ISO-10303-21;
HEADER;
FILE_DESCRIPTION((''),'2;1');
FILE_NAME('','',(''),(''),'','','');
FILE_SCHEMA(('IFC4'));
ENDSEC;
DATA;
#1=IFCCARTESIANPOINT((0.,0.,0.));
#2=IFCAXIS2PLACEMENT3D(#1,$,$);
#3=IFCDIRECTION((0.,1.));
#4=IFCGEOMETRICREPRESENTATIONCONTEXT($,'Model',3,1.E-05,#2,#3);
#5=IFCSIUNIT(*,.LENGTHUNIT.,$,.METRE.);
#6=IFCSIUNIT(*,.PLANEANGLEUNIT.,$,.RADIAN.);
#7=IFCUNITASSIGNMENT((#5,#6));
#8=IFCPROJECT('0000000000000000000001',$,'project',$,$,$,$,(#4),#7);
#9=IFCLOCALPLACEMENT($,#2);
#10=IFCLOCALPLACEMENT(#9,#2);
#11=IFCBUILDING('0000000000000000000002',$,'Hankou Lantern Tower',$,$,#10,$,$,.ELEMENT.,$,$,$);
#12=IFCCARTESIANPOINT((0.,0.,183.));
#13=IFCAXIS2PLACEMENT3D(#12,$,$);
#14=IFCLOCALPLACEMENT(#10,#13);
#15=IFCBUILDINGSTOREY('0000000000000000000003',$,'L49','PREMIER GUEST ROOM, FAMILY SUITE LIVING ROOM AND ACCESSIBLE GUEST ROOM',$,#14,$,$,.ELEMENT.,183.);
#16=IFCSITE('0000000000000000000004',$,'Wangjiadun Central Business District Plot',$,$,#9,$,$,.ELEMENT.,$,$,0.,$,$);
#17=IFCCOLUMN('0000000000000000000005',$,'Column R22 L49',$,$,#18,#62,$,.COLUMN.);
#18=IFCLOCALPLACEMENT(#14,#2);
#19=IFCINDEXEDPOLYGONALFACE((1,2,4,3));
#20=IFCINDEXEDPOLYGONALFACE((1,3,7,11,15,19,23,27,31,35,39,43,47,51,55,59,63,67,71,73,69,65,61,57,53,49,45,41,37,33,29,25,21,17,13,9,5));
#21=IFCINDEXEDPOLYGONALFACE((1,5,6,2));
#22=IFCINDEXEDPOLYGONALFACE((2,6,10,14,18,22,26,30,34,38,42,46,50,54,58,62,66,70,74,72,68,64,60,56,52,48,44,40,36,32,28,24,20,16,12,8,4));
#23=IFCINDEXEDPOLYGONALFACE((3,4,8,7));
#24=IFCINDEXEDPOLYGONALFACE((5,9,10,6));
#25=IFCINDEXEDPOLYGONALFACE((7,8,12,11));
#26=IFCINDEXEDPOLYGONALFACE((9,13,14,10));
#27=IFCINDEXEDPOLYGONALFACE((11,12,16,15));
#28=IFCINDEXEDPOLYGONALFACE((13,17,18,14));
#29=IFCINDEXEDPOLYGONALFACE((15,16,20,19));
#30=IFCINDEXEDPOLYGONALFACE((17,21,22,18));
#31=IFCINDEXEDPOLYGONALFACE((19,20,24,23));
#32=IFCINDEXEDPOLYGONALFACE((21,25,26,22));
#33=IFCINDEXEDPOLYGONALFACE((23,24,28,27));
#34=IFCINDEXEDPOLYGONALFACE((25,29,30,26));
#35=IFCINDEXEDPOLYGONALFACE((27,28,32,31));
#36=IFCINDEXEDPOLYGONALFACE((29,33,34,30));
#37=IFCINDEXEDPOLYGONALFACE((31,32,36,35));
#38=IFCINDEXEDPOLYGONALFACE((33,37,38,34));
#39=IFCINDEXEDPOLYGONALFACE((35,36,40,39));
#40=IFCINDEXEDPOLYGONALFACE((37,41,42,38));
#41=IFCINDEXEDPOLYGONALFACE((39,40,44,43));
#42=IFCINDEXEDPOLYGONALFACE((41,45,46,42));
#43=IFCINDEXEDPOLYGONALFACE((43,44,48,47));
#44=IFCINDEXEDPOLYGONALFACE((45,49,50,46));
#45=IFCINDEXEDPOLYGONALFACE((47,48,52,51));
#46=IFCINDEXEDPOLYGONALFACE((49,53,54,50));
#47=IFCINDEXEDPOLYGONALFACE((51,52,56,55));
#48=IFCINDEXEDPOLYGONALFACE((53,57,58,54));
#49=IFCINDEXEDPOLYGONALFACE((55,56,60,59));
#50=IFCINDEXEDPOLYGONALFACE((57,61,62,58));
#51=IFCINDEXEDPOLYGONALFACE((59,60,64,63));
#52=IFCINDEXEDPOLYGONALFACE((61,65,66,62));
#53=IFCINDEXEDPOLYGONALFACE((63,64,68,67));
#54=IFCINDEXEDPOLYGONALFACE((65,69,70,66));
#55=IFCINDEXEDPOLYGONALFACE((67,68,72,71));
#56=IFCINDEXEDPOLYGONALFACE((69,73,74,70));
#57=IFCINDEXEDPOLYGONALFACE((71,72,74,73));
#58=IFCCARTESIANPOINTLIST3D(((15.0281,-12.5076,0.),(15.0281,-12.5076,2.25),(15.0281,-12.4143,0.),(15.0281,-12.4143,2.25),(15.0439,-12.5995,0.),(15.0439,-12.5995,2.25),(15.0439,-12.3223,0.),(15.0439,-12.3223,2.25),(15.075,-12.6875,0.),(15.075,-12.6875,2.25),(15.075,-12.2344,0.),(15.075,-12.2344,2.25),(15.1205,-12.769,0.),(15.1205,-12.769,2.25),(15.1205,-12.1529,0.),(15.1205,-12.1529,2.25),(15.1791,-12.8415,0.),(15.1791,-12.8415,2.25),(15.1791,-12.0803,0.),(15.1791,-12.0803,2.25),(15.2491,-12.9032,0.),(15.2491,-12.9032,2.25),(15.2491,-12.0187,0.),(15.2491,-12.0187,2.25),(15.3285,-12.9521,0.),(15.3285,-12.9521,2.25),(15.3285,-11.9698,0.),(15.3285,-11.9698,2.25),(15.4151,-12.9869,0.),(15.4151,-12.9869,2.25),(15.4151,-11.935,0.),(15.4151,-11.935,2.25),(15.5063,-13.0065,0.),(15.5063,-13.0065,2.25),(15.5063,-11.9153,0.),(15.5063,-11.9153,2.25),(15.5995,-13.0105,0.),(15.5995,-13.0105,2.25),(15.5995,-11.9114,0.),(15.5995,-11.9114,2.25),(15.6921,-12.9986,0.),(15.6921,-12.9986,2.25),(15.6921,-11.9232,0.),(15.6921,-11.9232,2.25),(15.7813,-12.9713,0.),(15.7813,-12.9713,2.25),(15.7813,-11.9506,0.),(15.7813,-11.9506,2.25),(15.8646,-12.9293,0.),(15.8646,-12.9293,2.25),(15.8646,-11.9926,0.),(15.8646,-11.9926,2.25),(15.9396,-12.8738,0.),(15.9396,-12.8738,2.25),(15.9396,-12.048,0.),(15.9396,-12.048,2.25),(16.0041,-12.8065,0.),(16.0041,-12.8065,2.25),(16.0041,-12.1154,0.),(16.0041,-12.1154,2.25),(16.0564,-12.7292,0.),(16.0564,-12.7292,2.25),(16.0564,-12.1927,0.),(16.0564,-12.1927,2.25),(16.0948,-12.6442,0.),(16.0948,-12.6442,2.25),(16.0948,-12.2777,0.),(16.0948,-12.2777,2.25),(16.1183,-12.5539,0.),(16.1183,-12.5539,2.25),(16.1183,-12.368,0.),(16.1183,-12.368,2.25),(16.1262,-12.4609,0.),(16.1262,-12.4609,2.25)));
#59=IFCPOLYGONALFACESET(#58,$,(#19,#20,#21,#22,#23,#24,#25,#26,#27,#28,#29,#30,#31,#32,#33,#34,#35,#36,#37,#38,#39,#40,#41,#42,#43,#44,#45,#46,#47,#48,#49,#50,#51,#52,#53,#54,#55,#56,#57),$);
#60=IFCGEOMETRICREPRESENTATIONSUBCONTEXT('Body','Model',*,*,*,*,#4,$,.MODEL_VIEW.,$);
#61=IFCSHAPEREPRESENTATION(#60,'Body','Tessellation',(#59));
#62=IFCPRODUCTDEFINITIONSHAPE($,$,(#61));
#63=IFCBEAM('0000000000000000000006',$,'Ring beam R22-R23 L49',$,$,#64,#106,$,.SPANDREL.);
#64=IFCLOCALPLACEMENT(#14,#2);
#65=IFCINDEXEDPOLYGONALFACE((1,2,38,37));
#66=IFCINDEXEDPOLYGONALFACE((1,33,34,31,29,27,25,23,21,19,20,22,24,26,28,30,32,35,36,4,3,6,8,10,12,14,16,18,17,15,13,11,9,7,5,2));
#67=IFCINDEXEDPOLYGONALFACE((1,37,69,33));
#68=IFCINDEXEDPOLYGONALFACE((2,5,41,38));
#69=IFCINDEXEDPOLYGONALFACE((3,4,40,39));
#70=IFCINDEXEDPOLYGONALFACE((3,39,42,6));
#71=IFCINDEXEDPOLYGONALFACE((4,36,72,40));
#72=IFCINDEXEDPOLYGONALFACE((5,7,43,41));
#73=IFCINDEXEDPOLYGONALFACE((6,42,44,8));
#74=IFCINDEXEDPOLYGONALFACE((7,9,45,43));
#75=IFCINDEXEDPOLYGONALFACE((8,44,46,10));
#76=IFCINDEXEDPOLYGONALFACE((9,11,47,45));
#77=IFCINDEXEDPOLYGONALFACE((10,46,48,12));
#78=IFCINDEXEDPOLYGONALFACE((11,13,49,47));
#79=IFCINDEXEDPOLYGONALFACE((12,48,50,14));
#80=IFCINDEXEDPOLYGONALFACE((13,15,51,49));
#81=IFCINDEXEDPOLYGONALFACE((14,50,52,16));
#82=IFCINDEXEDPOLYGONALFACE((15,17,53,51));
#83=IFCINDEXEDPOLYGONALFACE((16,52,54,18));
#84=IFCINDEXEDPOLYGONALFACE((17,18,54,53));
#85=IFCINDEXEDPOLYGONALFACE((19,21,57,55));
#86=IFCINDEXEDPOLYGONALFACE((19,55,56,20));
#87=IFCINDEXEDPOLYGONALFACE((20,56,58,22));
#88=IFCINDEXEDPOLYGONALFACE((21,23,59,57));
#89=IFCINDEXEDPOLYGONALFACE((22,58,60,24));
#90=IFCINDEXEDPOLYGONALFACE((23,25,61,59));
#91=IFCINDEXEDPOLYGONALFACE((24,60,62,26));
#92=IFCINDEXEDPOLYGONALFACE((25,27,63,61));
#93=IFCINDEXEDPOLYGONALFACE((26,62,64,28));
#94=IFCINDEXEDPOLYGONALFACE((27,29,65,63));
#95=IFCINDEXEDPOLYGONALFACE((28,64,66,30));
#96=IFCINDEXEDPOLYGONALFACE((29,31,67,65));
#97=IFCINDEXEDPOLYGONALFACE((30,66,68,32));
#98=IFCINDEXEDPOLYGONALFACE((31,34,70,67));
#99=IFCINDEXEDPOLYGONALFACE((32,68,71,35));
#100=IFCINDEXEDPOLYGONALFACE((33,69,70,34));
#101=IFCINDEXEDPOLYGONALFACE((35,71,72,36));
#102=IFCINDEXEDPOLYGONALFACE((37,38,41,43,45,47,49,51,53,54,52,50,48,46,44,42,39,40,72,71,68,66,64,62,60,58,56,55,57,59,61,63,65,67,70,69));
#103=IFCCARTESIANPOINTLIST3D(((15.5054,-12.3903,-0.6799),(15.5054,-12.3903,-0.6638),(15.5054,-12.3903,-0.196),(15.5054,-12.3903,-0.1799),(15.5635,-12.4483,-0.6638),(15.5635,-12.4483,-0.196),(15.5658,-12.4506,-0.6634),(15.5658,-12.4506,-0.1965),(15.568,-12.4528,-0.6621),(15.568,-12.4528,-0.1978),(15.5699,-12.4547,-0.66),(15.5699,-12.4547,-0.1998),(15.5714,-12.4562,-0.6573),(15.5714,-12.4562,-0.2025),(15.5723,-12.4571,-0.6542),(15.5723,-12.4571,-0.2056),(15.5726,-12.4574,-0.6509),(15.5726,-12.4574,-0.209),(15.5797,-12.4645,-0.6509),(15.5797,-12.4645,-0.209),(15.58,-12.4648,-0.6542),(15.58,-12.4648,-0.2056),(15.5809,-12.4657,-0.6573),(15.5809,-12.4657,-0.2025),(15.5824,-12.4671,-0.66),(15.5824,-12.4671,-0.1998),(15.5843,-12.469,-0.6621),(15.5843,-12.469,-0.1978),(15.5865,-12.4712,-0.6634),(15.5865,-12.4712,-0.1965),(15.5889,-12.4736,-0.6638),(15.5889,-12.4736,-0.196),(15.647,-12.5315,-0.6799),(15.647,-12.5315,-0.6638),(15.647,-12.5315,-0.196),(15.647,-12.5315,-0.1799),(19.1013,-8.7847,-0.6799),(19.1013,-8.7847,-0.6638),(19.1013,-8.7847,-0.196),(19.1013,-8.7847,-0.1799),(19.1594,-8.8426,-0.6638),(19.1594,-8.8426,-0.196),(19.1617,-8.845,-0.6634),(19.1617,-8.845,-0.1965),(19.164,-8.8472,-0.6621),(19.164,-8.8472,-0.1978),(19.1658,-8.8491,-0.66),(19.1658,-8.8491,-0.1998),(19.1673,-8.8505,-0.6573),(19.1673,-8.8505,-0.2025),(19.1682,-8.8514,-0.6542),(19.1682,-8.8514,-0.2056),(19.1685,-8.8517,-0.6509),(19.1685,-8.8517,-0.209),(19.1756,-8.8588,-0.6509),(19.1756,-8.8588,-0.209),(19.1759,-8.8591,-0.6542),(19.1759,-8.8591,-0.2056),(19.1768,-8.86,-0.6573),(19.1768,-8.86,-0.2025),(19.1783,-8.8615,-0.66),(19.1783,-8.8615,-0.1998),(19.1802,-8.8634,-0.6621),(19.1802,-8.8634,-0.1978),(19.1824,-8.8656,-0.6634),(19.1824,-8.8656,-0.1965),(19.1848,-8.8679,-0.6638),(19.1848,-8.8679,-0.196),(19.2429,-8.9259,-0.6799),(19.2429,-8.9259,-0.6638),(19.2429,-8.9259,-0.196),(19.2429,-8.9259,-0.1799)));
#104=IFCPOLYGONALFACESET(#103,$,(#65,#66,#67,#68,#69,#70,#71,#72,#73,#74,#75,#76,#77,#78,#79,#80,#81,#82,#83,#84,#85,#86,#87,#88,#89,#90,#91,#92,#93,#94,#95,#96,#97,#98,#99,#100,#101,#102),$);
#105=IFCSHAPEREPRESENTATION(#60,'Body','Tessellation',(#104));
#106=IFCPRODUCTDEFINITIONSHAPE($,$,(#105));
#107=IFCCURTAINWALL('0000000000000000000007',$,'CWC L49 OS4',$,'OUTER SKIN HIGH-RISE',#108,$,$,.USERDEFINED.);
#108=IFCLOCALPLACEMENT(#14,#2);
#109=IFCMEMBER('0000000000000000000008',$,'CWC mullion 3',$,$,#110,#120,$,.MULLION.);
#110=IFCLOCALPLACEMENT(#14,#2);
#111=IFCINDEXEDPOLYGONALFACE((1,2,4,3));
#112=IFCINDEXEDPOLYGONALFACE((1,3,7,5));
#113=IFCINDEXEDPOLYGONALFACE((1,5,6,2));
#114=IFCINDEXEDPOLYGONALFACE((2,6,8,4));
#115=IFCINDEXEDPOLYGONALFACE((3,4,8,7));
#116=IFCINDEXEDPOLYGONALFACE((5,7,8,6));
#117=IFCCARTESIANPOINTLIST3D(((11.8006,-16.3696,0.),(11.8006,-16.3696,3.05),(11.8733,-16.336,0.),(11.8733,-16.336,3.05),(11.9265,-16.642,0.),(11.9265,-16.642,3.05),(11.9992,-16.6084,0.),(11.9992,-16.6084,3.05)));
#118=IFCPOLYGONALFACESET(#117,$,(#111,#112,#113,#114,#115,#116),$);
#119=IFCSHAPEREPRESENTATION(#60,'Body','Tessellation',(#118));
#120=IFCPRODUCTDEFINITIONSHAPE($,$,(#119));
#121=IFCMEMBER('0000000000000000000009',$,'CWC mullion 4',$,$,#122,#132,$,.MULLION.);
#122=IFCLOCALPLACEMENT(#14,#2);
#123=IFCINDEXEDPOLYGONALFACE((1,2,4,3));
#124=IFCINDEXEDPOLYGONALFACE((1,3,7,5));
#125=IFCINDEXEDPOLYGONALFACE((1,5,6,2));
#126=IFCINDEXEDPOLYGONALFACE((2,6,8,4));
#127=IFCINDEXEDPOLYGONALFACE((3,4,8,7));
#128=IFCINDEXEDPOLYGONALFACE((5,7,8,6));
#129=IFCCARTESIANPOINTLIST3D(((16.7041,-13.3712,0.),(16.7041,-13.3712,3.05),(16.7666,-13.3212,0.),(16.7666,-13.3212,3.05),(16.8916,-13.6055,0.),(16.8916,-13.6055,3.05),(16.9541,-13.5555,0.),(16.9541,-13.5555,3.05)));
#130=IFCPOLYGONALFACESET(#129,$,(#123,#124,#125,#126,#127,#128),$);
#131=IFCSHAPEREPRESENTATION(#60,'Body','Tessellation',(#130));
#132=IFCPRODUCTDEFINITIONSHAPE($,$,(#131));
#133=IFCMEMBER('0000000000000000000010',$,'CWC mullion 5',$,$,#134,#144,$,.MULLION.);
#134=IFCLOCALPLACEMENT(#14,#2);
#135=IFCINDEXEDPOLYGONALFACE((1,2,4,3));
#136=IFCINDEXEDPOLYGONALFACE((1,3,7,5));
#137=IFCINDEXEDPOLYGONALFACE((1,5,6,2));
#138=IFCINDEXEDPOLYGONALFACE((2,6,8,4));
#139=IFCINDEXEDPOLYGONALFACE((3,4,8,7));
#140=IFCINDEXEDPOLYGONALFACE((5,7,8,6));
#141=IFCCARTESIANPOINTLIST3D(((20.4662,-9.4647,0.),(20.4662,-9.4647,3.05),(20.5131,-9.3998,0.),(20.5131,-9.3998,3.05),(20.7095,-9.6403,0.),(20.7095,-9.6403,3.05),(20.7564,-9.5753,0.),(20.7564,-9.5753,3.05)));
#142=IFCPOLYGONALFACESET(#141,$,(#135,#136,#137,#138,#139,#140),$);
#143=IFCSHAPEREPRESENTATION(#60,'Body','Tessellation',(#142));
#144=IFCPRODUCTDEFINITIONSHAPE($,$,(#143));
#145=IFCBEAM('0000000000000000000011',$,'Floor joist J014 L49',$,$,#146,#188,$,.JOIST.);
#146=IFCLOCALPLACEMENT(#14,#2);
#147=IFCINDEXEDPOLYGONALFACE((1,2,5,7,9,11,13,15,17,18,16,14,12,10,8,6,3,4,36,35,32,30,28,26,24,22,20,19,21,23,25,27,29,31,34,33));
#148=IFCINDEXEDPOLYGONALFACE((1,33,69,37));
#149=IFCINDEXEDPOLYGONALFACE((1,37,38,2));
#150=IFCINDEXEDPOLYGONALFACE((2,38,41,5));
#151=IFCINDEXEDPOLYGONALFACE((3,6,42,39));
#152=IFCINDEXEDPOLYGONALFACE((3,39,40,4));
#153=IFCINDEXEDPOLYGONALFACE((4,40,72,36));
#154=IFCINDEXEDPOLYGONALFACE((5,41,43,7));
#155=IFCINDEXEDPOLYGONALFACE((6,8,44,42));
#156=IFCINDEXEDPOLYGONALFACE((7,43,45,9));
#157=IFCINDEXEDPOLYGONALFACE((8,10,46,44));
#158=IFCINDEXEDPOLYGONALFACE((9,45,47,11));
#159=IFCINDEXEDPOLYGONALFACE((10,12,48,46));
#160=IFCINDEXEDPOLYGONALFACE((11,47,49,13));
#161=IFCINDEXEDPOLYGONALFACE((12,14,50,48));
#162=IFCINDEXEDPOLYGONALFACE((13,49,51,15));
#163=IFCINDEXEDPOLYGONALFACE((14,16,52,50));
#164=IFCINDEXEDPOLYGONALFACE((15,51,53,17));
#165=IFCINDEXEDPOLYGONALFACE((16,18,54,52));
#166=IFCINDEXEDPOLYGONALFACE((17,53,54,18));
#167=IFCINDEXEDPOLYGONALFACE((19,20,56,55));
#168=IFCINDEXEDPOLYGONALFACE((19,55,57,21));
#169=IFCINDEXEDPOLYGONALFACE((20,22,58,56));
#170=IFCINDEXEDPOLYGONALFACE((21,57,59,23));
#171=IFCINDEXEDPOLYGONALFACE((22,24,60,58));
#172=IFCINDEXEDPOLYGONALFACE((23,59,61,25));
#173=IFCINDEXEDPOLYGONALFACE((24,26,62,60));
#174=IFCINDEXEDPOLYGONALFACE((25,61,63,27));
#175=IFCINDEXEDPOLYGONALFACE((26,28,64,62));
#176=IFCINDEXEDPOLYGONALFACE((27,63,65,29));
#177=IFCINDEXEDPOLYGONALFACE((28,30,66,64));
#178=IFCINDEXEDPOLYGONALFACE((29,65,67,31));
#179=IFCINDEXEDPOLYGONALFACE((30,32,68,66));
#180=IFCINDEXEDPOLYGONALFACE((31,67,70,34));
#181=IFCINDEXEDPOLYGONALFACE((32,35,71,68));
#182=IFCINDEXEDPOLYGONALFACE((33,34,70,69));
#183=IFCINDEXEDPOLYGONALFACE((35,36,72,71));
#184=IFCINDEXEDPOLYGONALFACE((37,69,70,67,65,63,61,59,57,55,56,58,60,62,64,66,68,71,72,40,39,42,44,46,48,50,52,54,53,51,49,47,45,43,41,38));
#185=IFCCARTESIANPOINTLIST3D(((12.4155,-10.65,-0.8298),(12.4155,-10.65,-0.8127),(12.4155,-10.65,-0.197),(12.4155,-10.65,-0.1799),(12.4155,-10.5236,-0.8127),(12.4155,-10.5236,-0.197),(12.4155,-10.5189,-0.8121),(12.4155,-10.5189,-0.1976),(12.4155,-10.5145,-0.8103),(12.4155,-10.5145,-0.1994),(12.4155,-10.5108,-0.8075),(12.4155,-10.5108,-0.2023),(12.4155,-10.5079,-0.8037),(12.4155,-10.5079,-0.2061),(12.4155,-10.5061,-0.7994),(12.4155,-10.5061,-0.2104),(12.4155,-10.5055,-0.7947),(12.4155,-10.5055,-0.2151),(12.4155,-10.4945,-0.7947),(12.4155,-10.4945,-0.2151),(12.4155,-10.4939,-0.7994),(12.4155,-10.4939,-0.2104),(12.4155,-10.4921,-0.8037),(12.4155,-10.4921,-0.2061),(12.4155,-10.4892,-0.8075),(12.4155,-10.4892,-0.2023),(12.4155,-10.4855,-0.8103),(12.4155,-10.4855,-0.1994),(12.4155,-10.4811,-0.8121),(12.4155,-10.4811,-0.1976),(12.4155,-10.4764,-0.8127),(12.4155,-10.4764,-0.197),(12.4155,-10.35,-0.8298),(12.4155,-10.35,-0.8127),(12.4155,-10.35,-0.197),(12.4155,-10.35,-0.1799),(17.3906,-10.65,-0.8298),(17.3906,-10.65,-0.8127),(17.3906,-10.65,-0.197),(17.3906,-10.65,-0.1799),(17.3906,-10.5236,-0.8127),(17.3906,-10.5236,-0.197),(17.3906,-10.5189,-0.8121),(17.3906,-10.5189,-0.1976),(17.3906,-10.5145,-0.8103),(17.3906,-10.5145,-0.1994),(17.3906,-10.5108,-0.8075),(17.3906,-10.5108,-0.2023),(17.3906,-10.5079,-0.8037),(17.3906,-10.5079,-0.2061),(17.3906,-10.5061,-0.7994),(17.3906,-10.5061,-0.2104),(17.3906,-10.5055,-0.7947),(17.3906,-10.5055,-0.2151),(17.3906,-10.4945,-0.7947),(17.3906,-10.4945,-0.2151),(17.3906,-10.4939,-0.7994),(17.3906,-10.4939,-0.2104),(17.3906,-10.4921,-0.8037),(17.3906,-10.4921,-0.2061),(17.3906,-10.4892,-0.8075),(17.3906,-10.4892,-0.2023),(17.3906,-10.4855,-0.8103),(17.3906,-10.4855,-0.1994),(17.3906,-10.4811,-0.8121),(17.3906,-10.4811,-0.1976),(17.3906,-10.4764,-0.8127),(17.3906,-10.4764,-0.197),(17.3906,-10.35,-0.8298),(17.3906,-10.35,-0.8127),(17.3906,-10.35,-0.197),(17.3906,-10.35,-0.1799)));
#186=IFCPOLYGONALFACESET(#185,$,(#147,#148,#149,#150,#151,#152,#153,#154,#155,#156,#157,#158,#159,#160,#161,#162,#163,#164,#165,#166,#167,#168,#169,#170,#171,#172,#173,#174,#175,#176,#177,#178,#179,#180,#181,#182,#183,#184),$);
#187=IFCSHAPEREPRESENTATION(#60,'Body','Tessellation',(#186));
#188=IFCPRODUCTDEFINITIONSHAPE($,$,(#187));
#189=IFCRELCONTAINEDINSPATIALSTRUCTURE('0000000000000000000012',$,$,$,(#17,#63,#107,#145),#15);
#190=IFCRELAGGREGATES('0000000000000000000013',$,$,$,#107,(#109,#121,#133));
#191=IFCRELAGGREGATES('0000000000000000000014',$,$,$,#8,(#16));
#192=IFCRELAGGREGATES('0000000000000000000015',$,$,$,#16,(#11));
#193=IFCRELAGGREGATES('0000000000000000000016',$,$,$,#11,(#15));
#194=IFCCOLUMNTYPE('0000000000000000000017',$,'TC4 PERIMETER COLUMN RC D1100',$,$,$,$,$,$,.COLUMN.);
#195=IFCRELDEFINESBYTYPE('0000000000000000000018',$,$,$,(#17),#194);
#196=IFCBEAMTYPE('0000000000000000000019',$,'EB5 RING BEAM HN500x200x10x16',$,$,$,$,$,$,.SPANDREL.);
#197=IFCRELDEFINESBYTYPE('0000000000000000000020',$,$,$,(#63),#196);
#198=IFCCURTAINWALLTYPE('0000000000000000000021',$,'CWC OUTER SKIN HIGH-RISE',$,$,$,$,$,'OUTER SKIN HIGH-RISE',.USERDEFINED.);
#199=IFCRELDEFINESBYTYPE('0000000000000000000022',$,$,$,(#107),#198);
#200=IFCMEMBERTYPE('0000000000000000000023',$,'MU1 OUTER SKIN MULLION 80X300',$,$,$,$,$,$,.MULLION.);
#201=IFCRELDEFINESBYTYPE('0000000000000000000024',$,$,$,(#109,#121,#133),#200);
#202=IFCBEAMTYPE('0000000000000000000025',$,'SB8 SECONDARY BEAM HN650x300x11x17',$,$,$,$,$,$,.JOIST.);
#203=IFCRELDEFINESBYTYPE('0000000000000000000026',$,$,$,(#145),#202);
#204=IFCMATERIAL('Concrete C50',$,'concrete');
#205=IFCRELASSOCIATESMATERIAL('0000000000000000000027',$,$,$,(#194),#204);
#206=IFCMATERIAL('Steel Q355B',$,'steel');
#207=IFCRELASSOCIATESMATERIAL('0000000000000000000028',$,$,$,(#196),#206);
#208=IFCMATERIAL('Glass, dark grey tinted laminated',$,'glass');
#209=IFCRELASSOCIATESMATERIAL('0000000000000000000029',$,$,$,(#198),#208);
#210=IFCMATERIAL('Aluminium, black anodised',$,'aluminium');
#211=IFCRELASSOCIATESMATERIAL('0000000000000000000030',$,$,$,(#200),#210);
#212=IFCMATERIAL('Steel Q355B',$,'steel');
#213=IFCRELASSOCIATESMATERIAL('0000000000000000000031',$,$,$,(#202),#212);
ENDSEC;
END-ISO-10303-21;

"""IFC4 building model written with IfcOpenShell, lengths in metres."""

from ifc_helpers import new_model, si_unit, direction, frame, origin, origin_2d, place, context, subcontext, project, spatial, rectangle, circle, i_section, extrude, clip, halfspace, material, material_profile, profile_set, type_object, element, aggregate, save


model = new_model("IFC4")

# Units and contexts
model_context = context("Model", 3, precision=1e-05, world=origin(), true_north=direction((0.0, 1.0)))
body_context = subcontext(model_context, "Body", "Model", "MODEL_VIEW")
ifc_project = project(units=[si_unit("LENGTHUNIT", "METRE"), si_unit("PLANEANGLEUNIT", "RADIAN")], contexts=[model_context])

# Site, building, storey
site_placement = place(None, origin())
site = spatial("IfcSite", under=ifc_project, at=site_placement, Name="Wangjiadun Central Business District Plot", CompositionType="ELEMENT", RefElevation=0.0)
building_placement = place(site_placement, origin())
building = spatial("IfcBuilding", under=site, at=building_placement, Name="Hankou Lantern Tower", CompositionType="ELEMENT")
storey_placement = place(building_placement, frame((0.0, 0.0, 183.0)))
storey = spatial("IfcBuildingStorey", under=building, at=storey_placement, Name="L49", Description="PREMIER GUEST ROOM, FAMILY SUITE LIVING ROOM AND ACCESSIBLE GUEST ROOM", CompositionType="ELEMENT", Elevation=183.0)

# Column
ifc_material_1 = material(Name="Concrete C50", Category="concrete")
ifc_material_profile_1 = material_profile(ifc_material_1, circle(Radius=0.55, at=origin_2d()), Name="RC D1100")
ifc_profile_set_1 = profile_set([ifc_material_profile_1], Name="Concrete C50")
column_type = type_object("IfcColumnType", Name="TC4 PERIMETER COLUMN RC D1100", PredefinedType="COLUMN", material=ifc_profile_set_1)
column_placement = place(storey_placement, frame((15.5762, -12.4609, 0.0), z_axis=(0.0, 0.0, 1.0), x_axis=(1.0, 0.0, 0.0)))
element("IfcColumn", 1, at=column_placement, inside=storey, type_object=column_type, Name="Column R22 L49", PredefinedType="COLUMN", context=body_context, shape_type="Clipping", body=[
    clip(extrude(circle(Radius=0.55, at=origin_2d()), origin(), (0.0, 0.0, 1.0), 3.3), halfspace(frame((0.0, 0.0, 2.25), z_axis=(0.0, 0.0, 1.0), x_axis=(1.0, 0.0, 0.0)), False)),
])

# Beam
ifc_material_2 = material(Name="Steel Q355B", Category="steel")
ifc_material_profile_2 = material_profile(ifc_material_2, i_section(OverallWidth=0.2, OverallDepth=0.5, WebThickness=0.01, FlangeThickness=0.0161, FilletRadius=0.0129, at=origin_2d()), Name="HN500x200x10x16")
ifc_profile_set_2 = profile_set([ifc_material_profile_2], Name="Steel Q355B")
beam_type_1 = type_object("IfcBeamType", Name="EB5 RING BEAM HN500x200x10x16", PredefinedType="SPANDREL", material=ifc_profile_set_2)
beam_1_placement = place(storey_placement, frame((15.5762, -12.4609, -0.4299), z_axis=(0.706147, 0.708065, 0.0), x_axis=(-0.708065, 0.706147, 0.0)))
element("IfcBeam", 2, at=beam_1_placement, inside=storey, type_object=beam_type_1, Name="Ring beam R22-R23 L49", PredefinedType="SPANDREL", context=body_context, shape_type="SweptSolid", body=[
    extrude(i_section(OverallWidth=0.2, OverallDepth=0.5, WebThickness=0.01, FlangeThickness=0.0161, FilletRadius=0.0129, at=origin_2d()), origin(), (0.0, 0.0, 1.0), 5.0923),
])

# Curtain wall, members
ifc_material_3 = material(Name="Glass, dark grey tinted laminated", Category="glass")
curtain_wall_type = type_object("IfcCurtainWallType", Name="CWC OUTER SKIN HIGH-RISE", ElementType="OUTER SKIN HIGH-RISE", PredefinedType="USERDEFINED", material=ifc_material_3)
curtain_wall_placement = place(storey_placement, origin())
curtain_wall = element("IfcCurtainWall", 3, at=curtain_wall_placement, inside=storey, type_object=curtain_wall_type, Name="CWC L49 OS4", ObjectType="OUTER SKIN HIGH-RISE", PredefinedType="USERDEFINED")
ifc_material_4 = material(Name="Aluminium, black anodised", Category="aluminium")
ifc_material_profile_3 = material_profile(ifc_material_4, rectangle(XDim=0.0801, YDim=0.3, at=origin_2d()), Name="MU1 80X300")
ifc_profile_set_3 = profile_set([ifc_material_profile_3], Name="Aluminium, black anodised")
member_type_1 = type_object("IfcMemberType", Name="MU1 OUTER SKIN MULLION 80X300", PredefinedType="MULLION", material=ifc_profile_set_3)
member_1_placement = place(storey_placement, frame((11.8999, -16.489, 0.0), z_axis=(0.0, 0.0, 1.0), x_axis=(0.907841, 0.419314, 0.0)))
member_1 = element("IfcMember", 4, at=member_1_placement, type_object=member_type_1, Name="CWC mullion 3", PredefinedType="MULLION", context=body_context, shape_type="SweptSolid", body=[
    extrude(rectangle(XDim=0.0801, YDim=0.3, at=origin_2d()), origin(), (0.0, 0.0, 1.0), 3.05),
])
member_2_placement = place(storey_placement, frame((16.8291, -13.4634, 0.0), z_axis=(0.0, 0.0, 1.0), x_axis=(0.780869, 0.624695, 0.0)))
member_2 = element("IfcMember", 5, at=member_2_placement, type_object=member_type_1, Name="CWC mullion 4", PredefinedType="MULLION", context=body_context, shape_type="SweptSolid", body=[
    extrude(rectangle(XDim=0.0801, YDim=0.3, at=origin_2d()), origin(), (0.0, 0.0, 1.0), 3.05),
])
member_3_placement = place(storey_placement, frame((20.6113, -9.52, 0.0), z_axis=(0.0, 0.0, 1.0), x_axis=(0.585206, 0.810885, 0.0)))
member_3 = element("IfcMember", 6, at=member_3_placement, type_object=member_type_1, Name="CWC mullion 5", PredefinedType="MULLION", context=body_context, shape_type="SweptSolid", body=[
    extrude(rectangle(XDim=0.0801, YDim=0.3, at=origin_2d()), origin(), (0.0, 0.0, 1.0), 3.05),
])

# Beam
ifc_material_5 = material(Name="Steel Q355B", Category="steel")
ifc_material_profile_4 = material_profile(ifc_material_5, i_section(OverallWidth=0.3, OverallDepth=0.6499, WebThickness=0.011, FlangeThickness=0.0171, FilletRadius=0.0181, at=origin_2d()), Name="HN650x300x11x17")
ifc_profile_set_4 = profile_set([ifc_material_profile_4], Name="Steel Q355B")
beam_type_2 = type_object("IfcBeamType", Name="SB8 SECONDARY BEAM HN650x300x11x17", PredefinedType="JOIST", material=ifc_profile_set_4)
beam_2_placement = place(storey_placement, frame((12.4155, -10.5, -0.5049), z_axis=(1.0, 0.0, 0.0), x_axis=(0.0, 1.0, 0.0)))
element("IfcBeam", 7, at=beam_2_placement, inside=storey, type_object=beam_type_2, Name="Floor joist J014 L49", PredefinedType="JOIST", context=body_context, shape_type="SweptSolid", body=[
    extrude(i_section(OverallWidth=0.3, OverallDepth=0.6499, WebThickness=0.011, FlangeThickness=0.0171, FilletRadius=0.0181, at=origin_2d()), origin(), (0.0, 0.0, 1.0), 4.9751),
])

aggregate(curtain_wall, [member_1, member_2, member_3])

save(model, "model.ifc")
